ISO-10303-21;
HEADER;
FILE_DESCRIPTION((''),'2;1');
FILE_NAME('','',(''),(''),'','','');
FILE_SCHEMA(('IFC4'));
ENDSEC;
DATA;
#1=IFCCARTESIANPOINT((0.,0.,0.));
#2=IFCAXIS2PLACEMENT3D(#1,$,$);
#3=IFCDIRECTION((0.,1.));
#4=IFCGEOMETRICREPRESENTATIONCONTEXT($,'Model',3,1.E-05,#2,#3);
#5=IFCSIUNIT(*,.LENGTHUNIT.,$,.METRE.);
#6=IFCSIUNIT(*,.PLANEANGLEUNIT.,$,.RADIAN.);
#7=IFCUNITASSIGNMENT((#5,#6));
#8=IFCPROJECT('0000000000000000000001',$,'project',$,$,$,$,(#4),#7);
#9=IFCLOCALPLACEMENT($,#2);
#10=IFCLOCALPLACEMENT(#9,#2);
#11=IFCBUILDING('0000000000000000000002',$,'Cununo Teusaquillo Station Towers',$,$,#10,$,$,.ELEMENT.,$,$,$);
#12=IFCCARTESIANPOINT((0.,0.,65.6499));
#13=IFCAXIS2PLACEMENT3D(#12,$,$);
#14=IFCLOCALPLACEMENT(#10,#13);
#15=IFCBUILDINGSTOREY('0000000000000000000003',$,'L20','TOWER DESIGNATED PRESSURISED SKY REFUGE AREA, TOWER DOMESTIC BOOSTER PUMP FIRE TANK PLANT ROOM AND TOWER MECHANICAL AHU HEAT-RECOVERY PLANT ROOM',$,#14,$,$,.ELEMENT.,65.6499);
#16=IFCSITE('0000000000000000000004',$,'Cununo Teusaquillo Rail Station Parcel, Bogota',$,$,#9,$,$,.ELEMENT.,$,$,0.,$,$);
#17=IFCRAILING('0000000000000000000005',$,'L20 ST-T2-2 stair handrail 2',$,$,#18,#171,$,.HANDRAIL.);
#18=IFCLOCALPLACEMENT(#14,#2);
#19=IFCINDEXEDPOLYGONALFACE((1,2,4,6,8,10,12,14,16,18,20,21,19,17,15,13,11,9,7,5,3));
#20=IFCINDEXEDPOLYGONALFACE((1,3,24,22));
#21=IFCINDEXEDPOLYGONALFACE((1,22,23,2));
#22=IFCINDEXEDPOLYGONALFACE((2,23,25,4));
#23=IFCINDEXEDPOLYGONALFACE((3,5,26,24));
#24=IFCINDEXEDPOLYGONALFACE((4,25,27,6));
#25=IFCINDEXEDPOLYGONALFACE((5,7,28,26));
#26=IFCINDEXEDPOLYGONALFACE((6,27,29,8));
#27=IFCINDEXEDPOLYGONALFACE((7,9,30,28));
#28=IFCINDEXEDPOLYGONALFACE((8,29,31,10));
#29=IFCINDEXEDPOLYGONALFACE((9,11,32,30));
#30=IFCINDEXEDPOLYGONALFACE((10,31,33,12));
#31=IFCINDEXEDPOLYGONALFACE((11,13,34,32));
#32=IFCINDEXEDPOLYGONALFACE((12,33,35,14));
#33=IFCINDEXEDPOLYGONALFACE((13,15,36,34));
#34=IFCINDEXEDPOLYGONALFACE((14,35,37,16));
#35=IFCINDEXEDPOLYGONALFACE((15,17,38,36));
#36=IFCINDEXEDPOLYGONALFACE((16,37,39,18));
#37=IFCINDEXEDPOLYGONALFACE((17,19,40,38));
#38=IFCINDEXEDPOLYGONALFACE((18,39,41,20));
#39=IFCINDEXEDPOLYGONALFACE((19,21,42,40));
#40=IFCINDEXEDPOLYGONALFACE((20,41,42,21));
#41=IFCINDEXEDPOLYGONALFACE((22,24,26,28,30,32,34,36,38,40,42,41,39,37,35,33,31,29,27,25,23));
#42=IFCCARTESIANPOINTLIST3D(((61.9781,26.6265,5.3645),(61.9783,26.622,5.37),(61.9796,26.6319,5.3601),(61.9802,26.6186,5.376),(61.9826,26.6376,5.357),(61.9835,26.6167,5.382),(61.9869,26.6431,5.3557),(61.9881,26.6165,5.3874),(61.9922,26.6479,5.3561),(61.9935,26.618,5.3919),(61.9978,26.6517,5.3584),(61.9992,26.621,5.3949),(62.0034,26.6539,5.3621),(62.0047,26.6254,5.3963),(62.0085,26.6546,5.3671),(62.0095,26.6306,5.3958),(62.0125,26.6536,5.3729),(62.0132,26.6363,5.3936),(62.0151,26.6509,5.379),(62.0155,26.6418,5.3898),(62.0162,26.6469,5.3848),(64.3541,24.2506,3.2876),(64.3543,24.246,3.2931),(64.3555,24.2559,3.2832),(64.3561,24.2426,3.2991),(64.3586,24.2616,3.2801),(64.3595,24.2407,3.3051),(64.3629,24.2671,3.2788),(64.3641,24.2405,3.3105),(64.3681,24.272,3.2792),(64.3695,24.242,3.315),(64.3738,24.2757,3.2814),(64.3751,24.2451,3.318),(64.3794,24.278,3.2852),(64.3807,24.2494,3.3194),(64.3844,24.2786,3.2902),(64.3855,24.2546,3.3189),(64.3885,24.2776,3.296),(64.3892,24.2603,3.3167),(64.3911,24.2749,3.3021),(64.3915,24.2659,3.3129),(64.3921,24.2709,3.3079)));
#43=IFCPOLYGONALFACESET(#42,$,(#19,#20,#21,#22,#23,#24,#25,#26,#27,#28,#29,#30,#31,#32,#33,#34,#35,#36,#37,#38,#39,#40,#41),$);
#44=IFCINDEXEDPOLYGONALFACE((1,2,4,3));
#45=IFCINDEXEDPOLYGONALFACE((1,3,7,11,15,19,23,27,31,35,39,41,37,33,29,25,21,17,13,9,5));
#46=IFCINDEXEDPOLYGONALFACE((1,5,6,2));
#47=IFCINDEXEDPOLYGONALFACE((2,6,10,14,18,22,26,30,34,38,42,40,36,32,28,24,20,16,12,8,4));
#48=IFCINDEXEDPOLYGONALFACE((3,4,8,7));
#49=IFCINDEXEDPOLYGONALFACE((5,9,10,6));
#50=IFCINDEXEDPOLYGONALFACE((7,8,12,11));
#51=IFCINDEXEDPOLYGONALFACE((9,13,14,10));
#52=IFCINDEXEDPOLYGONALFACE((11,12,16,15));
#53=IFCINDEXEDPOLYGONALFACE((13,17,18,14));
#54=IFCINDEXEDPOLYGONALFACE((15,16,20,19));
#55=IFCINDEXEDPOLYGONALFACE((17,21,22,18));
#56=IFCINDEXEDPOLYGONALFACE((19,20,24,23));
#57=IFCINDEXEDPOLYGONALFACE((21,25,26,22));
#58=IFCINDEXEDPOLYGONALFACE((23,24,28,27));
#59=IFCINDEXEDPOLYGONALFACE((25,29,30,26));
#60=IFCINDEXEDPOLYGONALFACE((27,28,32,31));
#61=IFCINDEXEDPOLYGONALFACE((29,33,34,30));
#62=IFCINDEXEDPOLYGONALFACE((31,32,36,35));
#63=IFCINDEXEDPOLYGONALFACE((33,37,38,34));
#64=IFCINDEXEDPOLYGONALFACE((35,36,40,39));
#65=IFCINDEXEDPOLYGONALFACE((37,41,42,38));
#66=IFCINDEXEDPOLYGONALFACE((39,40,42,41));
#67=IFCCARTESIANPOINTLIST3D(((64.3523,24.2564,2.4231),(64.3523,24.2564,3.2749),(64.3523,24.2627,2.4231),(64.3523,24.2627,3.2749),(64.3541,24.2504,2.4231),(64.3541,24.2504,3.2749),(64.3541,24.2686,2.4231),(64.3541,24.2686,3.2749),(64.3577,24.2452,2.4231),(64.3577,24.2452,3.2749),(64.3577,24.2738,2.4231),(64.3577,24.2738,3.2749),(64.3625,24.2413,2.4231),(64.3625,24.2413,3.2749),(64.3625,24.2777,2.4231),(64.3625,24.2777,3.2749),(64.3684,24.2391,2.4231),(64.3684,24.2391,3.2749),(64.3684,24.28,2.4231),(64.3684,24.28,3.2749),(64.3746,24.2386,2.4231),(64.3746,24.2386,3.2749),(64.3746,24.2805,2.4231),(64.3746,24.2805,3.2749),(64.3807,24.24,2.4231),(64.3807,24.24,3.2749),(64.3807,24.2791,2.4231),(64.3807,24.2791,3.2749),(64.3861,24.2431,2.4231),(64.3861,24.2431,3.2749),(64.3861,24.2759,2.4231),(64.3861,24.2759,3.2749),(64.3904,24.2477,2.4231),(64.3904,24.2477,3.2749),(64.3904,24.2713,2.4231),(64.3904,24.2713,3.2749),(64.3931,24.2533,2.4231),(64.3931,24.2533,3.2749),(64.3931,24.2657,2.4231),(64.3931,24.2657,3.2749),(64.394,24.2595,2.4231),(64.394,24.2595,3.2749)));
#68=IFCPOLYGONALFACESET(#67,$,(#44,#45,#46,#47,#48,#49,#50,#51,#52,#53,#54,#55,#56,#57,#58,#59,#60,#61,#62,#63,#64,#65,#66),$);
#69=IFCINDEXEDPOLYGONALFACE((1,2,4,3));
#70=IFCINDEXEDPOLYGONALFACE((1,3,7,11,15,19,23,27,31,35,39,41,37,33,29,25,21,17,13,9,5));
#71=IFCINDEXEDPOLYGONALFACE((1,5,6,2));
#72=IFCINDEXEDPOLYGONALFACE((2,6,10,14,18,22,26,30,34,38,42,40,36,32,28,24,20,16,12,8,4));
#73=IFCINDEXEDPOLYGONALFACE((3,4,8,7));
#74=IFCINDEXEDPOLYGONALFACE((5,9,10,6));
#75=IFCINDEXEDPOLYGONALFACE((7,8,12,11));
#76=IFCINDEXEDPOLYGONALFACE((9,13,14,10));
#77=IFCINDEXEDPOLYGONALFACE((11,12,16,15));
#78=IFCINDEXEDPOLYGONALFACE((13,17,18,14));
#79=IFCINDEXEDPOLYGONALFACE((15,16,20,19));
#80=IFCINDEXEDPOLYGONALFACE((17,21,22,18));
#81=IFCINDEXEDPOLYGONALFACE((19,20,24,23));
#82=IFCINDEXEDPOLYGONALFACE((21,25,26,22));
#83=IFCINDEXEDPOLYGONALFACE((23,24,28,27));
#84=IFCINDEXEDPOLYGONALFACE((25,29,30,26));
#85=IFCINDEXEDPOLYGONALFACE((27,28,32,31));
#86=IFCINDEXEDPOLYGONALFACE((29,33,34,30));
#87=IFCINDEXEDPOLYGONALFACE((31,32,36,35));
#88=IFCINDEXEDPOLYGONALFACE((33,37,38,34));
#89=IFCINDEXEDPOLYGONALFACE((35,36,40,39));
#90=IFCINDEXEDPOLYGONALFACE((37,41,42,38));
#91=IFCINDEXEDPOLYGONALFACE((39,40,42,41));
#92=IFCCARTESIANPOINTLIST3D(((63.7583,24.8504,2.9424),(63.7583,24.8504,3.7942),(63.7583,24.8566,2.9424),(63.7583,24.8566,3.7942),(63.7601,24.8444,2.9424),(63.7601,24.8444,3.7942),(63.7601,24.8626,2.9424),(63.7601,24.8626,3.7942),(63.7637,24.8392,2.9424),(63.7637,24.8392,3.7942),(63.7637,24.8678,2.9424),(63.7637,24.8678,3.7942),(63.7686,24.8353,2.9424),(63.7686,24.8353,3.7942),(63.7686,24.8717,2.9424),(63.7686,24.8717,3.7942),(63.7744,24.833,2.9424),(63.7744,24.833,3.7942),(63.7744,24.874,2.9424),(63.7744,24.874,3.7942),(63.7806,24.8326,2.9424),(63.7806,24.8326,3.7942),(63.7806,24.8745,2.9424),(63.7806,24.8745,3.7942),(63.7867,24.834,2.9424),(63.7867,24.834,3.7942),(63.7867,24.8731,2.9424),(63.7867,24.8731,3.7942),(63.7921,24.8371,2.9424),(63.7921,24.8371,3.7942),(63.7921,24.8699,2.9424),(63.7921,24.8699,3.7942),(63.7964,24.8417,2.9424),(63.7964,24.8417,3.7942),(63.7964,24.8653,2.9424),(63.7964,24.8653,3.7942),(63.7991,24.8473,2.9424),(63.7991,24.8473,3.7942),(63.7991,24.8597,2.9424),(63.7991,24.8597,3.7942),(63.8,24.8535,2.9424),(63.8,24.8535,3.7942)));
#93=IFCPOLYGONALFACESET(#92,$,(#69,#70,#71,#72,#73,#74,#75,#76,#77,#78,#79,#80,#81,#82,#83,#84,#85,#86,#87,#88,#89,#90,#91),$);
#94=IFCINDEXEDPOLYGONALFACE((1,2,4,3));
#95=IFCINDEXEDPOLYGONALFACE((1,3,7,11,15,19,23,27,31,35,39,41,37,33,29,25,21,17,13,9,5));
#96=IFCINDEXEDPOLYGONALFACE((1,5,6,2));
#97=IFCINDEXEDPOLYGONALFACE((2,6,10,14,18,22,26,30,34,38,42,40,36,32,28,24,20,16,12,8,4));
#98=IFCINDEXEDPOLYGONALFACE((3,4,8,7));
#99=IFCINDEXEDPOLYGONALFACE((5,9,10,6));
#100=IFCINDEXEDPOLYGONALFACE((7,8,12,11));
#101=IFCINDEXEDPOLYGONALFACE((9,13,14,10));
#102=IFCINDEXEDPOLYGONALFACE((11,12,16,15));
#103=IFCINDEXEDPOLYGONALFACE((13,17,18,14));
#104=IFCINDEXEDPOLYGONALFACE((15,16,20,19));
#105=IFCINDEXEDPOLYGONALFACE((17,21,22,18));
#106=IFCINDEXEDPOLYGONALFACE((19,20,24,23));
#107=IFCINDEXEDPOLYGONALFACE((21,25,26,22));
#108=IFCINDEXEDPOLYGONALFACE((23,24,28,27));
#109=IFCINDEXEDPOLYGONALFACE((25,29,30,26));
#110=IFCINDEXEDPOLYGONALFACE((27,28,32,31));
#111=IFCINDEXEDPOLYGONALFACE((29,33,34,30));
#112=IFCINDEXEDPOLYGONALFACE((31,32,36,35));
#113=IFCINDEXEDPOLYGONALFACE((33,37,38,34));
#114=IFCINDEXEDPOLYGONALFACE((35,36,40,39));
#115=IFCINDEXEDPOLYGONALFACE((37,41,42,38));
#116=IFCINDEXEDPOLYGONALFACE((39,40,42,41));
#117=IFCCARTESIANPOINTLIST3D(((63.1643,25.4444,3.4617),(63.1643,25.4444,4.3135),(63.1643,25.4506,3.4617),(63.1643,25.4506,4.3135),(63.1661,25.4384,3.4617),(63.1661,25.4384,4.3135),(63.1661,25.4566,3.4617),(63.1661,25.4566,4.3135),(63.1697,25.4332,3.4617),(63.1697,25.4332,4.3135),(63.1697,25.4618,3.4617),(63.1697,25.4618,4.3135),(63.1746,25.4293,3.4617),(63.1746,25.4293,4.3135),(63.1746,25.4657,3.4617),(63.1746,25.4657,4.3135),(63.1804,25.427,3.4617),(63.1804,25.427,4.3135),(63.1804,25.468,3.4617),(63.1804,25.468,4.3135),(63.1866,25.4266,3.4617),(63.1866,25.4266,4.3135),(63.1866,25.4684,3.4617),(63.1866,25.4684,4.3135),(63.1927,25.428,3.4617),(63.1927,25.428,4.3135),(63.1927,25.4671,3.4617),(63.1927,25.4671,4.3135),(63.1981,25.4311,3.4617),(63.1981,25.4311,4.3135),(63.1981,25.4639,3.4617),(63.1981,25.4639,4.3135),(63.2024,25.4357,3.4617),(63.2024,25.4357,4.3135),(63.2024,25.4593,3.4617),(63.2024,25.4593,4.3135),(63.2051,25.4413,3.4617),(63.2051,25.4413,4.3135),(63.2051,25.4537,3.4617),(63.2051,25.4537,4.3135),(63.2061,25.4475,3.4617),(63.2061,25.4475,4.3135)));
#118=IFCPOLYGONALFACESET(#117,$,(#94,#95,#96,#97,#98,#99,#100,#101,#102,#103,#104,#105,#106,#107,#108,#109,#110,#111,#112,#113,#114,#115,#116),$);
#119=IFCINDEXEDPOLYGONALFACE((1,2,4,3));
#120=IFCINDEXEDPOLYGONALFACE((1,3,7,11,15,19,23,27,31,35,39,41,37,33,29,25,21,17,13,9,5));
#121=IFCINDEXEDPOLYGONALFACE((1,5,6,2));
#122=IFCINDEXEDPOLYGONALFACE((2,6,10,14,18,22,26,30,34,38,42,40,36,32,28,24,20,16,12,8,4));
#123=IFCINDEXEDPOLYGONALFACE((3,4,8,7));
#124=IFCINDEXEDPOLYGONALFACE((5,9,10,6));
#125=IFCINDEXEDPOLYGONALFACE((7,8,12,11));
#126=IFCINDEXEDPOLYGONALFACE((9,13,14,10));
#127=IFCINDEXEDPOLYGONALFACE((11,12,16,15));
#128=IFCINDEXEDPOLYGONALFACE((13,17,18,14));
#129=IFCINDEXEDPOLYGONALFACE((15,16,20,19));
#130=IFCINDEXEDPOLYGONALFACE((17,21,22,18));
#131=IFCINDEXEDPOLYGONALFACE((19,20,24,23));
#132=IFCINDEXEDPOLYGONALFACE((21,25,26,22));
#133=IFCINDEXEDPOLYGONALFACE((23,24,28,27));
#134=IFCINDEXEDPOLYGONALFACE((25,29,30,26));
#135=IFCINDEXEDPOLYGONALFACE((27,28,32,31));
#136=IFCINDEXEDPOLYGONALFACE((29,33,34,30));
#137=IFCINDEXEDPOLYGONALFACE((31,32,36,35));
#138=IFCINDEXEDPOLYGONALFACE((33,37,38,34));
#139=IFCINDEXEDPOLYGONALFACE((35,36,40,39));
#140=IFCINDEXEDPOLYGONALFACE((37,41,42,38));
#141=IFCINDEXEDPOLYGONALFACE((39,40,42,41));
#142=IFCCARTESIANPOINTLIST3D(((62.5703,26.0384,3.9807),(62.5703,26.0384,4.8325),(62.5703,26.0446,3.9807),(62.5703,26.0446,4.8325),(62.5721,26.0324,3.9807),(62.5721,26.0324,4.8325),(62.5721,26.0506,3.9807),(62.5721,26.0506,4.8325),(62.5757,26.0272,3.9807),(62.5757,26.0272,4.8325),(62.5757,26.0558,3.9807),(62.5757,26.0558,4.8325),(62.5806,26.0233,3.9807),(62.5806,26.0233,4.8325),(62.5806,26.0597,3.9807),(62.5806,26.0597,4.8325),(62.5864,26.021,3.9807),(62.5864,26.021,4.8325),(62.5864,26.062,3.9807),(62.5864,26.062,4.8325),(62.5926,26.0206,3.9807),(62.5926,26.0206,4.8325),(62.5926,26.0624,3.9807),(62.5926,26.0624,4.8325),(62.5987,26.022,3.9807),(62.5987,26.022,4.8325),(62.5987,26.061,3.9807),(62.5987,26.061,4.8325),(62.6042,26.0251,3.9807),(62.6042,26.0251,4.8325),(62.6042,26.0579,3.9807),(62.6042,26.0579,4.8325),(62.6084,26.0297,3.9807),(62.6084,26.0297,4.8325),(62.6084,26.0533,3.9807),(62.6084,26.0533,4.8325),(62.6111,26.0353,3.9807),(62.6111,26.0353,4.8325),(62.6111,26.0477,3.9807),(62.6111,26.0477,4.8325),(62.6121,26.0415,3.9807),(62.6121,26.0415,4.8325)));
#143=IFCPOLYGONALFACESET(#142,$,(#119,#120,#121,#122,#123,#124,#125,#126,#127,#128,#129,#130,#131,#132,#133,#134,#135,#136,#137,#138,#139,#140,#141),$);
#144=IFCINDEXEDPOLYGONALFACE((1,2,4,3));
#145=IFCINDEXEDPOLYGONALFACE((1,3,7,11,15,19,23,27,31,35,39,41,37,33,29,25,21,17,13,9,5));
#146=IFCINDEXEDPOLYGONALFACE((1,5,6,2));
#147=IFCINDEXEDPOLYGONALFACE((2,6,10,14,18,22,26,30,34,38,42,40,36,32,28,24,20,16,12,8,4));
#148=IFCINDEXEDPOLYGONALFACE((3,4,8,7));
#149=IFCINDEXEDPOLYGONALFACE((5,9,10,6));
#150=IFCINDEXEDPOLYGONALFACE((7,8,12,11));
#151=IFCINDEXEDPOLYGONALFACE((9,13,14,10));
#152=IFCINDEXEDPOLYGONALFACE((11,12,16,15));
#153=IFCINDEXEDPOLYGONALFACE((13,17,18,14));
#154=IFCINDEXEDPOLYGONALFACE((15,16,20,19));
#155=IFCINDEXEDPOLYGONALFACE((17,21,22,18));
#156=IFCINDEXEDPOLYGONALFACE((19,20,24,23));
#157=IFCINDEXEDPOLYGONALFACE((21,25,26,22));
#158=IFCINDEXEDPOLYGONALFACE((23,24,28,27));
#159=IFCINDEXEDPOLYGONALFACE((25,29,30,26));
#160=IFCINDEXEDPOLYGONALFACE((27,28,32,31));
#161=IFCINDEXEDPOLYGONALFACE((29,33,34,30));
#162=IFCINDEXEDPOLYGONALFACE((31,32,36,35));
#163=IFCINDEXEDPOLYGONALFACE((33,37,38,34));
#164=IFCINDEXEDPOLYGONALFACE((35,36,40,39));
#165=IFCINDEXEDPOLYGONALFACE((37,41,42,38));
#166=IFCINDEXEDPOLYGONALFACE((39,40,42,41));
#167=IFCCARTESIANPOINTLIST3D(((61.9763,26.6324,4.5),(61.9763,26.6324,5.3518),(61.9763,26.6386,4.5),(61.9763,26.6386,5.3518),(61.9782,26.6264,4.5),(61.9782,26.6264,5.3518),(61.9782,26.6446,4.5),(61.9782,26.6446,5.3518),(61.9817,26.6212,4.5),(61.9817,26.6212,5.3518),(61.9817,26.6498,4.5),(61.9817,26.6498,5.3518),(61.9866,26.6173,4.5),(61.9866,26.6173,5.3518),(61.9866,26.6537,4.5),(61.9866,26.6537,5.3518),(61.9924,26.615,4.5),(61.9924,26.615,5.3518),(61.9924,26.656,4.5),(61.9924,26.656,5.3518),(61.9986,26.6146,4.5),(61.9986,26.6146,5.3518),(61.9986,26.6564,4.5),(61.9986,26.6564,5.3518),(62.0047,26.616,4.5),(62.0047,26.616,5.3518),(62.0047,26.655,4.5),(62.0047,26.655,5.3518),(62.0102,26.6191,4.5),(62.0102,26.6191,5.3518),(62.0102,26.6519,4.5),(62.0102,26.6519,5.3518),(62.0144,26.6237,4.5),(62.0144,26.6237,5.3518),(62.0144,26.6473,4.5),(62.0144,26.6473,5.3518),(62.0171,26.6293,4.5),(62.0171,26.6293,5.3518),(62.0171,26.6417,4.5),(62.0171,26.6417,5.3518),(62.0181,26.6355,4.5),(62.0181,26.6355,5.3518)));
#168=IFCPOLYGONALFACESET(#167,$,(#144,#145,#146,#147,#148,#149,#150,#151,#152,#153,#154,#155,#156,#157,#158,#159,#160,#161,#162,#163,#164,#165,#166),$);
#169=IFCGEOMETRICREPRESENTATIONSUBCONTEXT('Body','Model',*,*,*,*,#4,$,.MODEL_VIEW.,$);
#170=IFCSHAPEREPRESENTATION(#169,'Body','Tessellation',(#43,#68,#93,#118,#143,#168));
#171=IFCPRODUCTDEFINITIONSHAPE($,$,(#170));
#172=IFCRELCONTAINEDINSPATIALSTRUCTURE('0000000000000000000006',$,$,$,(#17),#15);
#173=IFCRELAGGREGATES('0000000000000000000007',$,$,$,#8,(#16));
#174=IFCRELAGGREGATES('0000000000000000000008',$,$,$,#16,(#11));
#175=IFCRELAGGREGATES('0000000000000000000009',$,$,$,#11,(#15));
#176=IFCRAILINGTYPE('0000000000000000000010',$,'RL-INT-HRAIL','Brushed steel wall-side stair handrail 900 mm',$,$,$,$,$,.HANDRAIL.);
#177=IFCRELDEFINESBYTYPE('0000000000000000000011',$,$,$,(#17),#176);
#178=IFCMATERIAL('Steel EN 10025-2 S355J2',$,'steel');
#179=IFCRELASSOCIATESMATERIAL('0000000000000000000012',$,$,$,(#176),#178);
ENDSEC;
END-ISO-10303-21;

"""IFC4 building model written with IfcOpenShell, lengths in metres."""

from ifc_helpers import new_model, si_unit, direction, frame, origin, origin_2d, place, context, subcontext, project, spatial, circle, extrude, material, type_object, element, save


model = new_model("IFC4")

# Units and contexts
model_context = context("Model", 3, precision=1e-05, world=origin(), true_north=direction((0.0, 1.0)))
body_context = subcontext(model_context, "Body", "Model", "MODEL_VIEW")
ifc_project = project(units=[si_unit("LENGTHUNIT", "METRE"), si_unit("PLANEANGLEUNIT", "RADIAN")], contexts=[model_context])

# Site, building, storey
site_placement = place(None, origin())
site = spatial("IfcSite", under=ifc_project, at=site_placement, Name="Cununo Teusaquillo Rail Station Parcel, Bogota", CompositionType="ELEMENT", RefElevation=0.0)
building_placement = place(site_placement, origin())
building = spatial("IfcBuilding", under=site, at=building_placement, Name="Cununo Teusaquillo Station Towers", CompositionType="ELEMENT")
storey_placement = place(building_placement, frame((0.0, 0.0, 65.6499)))
storey = spatial("IfcBuildingStorey", under=building, at=storey_placement, Name="L20", Description="TOWER DESIGNATED PRESSURISED SKY REFUGE AREA, TOWER DOMESTIC BOOSTER PUMP FIRE TANK PLANT ROOM AND TOWER MECHANICAL AHU HEAT-RECOVERY PLANT ROOM", CompositionType="ELEMENT", Elevation=65.6499)

# Railing
ifc_material_1 = material(Name="Steel EN 10025-2 S355J2", Category="steel")
railing_type_1 = type_object("IfcRailingType", Name="RL-INT-HRAIL", Description="Brushed steel wall-side stair handrail 900 mm", PredefinedType="HANDRAIL", material=ifc_material_1)
railing_1_placement = place(storey_placement, frame((64.373, 24.2595, 2.4231)))
element("IfcRailing", 1, at=railing_1_placement, inside=storey, type_object=railing_type_1, Name="L20 ST-T2-2 stair handrail 2", PredefinedType="HANDRAIL", context=body_context, shape_type="SweptSolid", body=[
    extrude(circle(Radius=0.0239, at=origin_2d()), frame((0.0, 0.0, 0.876), z_axis=(-0.601483, 0.601483, 0.525772), x_axis=(-0.707107, -0.707107, 0.0)), (0.0, 0.0, 1.0), 3.9502),
    extrude(circle(Radius=0.021, at=origin_2d()), origin(), (0.0, 0.0, 1.0), 0.8518),
    extrude(circle(Radius=0.021, at=origin_2d()), frame((-0.594, 0.594, 0.5193)), (0.0, 0.0, 1.0), 0.8518),
    extrude(circle(Radius=0.021, at=origin_2d()), frame((-1.188, 1.188, 1.0386)), (0.0, 0.0, 1.0), 0.8518),
    extrude(circle(Radius=0.021, at=origin_2d()), frame((-1.782, 1.782, 1.5576)), (0.0, 0.0, 1.0), 0.8518),
    extrude(circle(Radius=0.021, at=origin_2d()), frame((-2.376, 2.376, 2.0769)), (0.0, 0.0, 1.0), 0.8518),
])

save(model, "model.ifc")
